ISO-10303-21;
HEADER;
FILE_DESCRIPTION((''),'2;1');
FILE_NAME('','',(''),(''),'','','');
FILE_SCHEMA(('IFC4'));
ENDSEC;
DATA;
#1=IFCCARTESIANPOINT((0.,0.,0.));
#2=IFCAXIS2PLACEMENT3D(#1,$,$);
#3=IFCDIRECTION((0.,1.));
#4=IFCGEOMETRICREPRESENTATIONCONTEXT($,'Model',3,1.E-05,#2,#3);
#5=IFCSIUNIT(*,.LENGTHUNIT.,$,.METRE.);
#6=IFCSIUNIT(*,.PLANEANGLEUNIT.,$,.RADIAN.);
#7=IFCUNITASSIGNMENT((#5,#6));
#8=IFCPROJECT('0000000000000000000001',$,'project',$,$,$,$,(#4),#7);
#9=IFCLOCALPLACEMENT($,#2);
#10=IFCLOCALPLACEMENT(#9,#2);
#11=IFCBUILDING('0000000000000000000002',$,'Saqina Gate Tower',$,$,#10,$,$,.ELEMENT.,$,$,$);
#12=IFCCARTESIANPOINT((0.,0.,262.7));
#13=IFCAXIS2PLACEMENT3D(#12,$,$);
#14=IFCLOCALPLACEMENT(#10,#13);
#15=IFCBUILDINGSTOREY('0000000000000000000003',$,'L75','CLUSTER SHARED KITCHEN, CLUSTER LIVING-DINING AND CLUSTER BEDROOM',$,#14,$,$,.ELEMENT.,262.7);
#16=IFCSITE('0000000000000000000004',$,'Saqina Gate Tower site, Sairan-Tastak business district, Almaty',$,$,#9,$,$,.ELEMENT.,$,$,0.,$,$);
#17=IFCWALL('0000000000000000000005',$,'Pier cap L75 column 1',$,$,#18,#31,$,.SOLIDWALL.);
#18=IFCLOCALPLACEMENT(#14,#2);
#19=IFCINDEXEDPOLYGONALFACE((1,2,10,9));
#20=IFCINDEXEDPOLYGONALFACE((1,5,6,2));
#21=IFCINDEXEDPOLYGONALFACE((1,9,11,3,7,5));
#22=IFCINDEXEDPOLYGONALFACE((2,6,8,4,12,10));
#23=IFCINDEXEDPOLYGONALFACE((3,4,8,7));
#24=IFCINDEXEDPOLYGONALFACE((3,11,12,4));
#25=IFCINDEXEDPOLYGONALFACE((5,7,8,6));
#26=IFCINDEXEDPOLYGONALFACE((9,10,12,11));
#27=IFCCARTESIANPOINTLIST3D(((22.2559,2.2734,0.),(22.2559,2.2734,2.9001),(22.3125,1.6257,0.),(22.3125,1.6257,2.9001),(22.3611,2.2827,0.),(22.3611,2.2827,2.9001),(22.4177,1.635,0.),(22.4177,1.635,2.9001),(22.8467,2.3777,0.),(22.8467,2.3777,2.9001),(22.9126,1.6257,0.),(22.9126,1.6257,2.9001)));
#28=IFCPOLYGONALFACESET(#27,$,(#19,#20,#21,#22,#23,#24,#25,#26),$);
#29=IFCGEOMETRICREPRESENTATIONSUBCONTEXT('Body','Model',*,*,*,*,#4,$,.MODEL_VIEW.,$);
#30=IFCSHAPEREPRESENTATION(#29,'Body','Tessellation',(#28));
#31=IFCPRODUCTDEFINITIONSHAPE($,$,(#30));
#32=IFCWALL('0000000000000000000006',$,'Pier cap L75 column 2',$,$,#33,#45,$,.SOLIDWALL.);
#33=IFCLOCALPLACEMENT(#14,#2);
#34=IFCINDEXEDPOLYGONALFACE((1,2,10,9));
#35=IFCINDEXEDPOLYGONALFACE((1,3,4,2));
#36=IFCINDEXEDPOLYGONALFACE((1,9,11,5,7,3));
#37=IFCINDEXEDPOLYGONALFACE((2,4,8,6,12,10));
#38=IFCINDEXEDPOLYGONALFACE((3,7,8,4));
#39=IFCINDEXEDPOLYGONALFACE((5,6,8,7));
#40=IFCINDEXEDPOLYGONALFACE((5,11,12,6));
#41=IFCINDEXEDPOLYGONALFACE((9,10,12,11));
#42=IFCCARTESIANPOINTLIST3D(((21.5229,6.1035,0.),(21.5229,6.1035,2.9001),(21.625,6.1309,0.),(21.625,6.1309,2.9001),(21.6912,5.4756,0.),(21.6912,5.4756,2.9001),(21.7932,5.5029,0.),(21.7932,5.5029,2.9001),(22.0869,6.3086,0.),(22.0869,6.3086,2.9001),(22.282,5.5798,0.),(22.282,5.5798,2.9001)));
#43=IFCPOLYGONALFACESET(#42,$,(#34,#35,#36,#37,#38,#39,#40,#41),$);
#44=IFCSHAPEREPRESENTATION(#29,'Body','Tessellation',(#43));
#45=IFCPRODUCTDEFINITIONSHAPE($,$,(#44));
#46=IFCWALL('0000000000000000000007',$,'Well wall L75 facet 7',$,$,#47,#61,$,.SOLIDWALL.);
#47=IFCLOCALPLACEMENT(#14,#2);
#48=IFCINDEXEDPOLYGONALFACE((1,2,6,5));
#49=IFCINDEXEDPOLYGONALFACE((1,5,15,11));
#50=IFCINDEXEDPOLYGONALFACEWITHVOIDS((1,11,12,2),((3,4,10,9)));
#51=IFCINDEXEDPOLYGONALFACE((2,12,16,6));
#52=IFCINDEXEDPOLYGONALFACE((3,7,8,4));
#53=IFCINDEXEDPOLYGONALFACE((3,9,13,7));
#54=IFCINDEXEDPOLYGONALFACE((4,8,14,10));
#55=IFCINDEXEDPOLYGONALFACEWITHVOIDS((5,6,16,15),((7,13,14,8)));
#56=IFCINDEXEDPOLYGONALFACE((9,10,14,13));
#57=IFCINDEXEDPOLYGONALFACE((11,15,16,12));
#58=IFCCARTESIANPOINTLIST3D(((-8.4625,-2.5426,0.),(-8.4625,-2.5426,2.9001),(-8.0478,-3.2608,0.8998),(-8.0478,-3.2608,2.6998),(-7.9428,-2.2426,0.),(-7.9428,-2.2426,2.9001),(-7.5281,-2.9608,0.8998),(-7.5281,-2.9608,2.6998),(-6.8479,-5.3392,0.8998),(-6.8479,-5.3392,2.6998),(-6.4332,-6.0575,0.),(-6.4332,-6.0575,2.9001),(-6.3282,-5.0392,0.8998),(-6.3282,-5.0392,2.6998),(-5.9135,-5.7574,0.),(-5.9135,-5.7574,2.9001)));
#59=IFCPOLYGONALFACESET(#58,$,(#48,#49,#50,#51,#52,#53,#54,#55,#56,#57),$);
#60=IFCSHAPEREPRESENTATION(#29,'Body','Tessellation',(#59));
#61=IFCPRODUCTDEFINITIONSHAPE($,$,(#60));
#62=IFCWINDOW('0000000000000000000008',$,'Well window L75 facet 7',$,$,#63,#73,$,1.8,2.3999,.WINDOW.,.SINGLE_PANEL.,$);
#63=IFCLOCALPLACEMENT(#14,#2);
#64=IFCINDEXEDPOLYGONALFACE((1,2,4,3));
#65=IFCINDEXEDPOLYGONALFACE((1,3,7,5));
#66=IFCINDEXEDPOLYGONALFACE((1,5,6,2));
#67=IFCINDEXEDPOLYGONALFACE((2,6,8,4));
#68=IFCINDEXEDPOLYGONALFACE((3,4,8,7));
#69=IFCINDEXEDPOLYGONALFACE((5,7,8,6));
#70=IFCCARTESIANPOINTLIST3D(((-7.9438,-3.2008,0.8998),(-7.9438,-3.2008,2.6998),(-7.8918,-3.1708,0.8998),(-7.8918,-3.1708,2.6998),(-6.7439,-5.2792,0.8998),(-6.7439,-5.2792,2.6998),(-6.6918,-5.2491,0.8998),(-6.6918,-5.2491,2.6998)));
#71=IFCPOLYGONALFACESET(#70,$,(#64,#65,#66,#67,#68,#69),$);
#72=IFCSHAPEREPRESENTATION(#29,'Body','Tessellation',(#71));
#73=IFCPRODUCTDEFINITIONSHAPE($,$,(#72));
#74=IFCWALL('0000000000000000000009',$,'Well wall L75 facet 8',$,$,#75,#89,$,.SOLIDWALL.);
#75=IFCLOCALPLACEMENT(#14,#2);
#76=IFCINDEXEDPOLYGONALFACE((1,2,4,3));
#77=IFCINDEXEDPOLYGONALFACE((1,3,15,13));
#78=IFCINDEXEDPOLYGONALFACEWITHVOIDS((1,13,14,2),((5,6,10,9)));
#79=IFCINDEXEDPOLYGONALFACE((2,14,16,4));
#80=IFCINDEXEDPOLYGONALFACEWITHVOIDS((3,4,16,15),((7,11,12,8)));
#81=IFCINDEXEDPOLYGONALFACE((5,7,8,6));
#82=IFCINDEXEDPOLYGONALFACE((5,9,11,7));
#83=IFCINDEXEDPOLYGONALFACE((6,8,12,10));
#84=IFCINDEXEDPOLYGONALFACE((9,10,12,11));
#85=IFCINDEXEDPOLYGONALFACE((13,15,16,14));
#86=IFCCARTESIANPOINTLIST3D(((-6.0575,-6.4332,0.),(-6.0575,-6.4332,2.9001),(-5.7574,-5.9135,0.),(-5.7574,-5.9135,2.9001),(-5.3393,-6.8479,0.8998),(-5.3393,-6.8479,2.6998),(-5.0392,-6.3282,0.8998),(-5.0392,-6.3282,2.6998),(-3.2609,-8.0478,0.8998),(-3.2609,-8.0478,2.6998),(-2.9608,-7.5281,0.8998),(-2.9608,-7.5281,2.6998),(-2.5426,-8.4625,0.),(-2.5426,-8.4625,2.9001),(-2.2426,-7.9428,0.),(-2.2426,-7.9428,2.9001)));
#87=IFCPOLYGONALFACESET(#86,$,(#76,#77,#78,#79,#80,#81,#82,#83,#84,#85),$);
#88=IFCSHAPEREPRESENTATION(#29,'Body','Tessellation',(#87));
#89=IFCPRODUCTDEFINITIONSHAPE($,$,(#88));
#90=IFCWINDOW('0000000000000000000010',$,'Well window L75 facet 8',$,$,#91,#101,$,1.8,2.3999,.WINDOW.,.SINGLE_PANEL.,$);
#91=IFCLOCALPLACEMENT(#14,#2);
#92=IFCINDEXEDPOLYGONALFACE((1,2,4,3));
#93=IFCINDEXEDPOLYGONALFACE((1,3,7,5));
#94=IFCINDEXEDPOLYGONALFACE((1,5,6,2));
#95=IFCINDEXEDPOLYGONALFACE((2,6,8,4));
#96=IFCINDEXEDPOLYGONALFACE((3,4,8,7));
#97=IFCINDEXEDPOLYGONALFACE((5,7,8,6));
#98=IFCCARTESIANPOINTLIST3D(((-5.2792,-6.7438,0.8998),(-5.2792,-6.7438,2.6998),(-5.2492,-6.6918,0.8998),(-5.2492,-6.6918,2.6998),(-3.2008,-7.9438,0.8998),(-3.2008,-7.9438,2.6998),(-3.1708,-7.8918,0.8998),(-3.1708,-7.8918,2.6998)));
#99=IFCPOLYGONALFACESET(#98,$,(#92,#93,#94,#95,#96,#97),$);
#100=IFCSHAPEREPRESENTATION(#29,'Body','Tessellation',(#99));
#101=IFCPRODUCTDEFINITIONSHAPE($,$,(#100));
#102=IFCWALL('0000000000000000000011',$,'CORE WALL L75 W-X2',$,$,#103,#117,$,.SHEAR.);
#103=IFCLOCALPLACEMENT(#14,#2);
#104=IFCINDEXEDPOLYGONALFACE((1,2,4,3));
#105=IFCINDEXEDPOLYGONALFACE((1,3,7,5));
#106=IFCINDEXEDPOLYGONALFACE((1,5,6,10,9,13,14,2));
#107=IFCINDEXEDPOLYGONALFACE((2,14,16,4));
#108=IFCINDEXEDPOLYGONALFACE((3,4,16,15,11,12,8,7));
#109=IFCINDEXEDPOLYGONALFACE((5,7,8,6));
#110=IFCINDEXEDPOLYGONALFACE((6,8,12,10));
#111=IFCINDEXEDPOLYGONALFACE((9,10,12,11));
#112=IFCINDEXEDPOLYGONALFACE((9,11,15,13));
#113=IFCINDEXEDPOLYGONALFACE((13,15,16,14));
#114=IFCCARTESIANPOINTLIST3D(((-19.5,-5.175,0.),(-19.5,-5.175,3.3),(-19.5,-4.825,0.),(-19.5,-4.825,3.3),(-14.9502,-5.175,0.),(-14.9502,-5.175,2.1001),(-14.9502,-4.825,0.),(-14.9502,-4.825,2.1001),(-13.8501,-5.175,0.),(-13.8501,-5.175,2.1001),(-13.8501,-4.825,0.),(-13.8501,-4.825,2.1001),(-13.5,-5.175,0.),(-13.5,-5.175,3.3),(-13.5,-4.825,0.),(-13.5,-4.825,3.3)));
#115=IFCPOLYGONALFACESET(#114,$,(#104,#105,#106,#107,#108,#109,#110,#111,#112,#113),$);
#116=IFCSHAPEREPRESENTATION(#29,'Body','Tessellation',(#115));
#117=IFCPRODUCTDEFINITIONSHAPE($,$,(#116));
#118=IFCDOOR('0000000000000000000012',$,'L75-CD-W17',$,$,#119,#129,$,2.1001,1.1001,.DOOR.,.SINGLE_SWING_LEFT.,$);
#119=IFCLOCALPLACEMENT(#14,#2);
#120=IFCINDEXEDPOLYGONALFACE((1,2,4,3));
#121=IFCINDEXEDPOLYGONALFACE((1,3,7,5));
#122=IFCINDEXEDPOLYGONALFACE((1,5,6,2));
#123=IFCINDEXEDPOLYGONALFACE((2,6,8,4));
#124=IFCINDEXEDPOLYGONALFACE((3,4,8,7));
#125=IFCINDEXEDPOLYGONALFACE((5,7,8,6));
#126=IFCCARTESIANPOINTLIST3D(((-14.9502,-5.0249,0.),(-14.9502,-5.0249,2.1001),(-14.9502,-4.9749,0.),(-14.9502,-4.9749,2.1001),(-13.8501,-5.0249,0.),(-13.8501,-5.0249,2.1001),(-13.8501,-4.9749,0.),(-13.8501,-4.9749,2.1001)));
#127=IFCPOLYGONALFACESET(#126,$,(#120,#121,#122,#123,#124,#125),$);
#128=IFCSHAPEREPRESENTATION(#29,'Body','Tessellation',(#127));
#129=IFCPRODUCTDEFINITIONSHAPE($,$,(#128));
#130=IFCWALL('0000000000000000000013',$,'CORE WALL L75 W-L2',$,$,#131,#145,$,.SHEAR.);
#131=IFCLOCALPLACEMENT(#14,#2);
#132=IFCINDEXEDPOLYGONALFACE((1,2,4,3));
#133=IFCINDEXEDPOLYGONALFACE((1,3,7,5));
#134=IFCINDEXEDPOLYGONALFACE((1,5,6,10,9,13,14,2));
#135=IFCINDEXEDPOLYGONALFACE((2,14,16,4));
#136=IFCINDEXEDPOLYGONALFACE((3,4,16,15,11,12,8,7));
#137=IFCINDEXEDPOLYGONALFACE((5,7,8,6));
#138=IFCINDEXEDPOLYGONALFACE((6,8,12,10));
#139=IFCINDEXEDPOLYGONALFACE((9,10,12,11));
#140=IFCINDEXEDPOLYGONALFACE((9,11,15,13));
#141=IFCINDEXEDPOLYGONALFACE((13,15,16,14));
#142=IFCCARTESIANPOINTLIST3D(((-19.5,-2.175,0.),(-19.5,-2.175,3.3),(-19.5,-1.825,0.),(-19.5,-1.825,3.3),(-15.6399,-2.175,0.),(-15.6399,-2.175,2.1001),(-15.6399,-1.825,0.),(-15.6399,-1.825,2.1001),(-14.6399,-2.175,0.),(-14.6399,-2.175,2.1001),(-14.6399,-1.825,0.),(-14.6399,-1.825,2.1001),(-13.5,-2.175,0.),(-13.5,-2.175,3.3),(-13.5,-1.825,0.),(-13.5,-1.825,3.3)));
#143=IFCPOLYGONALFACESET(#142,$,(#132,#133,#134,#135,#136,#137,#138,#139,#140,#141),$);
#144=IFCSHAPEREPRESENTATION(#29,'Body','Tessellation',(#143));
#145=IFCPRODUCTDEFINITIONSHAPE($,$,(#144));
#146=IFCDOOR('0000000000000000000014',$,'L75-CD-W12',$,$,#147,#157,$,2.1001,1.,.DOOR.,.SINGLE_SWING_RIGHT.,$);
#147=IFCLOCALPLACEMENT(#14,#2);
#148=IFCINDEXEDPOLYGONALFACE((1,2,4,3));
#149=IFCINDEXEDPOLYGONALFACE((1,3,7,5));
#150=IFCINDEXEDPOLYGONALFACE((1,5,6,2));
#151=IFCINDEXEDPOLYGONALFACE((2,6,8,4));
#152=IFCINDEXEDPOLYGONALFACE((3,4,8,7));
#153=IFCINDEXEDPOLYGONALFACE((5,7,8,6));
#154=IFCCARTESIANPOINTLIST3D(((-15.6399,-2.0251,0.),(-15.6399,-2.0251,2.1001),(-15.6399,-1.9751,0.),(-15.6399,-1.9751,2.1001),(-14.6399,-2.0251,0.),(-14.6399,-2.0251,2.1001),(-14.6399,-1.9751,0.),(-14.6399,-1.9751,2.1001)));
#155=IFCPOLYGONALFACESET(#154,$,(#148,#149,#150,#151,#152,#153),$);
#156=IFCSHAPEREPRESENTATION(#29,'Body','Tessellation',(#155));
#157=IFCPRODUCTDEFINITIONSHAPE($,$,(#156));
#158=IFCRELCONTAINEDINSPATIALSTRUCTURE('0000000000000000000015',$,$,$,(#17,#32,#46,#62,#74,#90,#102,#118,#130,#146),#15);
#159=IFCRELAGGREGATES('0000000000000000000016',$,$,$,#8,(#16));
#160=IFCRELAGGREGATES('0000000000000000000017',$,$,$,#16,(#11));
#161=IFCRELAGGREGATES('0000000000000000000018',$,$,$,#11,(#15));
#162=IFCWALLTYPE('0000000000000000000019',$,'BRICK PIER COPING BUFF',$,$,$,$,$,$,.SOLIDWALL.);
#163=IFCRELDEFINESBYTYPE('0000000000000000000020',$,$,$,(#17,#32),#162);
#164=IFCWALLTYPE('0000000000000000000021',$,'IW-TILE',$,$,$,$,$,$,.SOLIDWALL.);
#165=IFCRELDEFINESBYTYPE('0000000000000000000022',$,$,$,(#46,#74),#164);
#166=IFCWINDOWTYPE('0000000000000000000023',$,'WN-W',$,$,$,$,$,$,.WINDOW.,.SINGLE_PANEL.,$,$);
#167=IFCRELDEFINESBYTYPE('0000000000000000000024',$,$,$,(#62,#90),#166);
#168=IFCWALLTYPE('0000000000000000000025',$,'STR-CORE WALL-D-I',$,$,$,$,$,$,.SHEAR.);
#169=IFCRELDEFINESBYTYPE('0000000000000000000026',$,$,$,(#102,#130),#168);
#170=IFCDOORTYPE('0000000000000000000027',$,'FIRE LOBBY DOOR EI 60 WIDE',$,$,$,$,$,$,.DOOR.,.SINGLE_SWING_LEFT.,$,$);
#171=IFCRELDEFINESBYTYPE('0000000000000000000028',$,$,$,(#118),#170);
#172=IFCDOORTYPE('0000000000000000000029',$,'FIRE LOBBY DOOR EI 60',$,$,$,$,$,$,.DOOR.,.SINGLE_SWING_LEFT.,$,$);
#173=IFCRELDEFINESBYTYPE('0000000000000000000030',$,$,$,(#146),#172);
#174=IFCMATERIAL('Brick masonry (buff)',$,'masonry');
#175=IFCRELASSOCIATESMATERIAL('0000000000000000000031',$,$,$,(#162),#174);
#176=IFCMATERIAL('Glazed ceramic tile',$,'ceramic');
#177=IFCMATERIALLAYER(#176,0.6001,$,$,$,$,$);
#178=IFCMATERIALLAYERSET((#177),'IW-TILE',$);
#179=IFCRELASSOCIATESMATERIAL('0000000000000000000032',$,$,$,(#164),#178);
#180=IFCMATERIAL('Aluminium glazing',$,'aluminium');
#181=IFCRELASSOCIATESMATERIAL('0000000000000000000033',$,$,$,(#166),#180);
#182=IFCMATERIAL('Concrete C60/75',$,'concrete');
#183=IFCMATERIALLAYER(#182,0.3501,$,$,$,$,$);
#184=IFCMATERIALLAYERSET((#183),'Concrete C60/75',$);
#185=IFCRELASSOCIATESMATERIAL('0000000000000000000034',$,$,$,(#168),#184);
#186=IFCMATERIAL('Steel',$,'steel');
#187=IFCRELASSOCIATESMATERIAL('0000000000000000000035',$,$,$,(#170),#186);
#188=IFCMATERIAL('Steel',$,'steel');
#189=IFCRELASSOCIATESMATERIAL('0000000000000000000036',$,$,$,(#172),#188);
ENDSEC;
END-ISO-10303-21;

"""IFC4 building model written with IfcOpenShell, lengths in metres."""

from ifc_helpers import new_model, si_unit, direction, frame, frame_2d, origin, place, context, subcontext, project, spatial, polyline, rectangle, outline, extrude, material, layer, layer_set, type_object, element, fill, save


model = new_model("IFC4")

# Units and contexts
model_context = context("Model", 3, precision=1e-05, world=origin(), true_north=direction((0.0, 1.0)))
body_context = subcontext(model_context, "Body", "Model", "MODEL_VIEW")
ifc_project = project(units=[si_unit("LENGTHUNIT", "METRE"), si_unit("PLANEANGLEUNIT", "RADIAN")], contexts=[model_context])

# Site, building, storey
site_placement = place(None, origin())
site = spatial("IfcSite", under=ifc_project, at=site_placement, Name="Saqina Gate Tower site, Sairan-Tastak business district, Almaty", CompositionType="ELEMENT", RefElevation=0.0)
building_placement = place(site_placement, origin())
building = spatial("IfcBuilding", under=site, at=building_placement, Name="Saqina Gate Tower", CompositionType="ELEMENT")
storey_placement = place(building_placement, frame((0.0, 0.0, 262.7)))
storey = spatial("IfcBuildingStorey", under=building, at=storey_placement, Name="L75", Description="CLUSTER SHARED KITCHEN, CLUSTER LIVING-DINING AND CLUSTER BEDROOM", CompositionType="ELEMENT", Elevation=262.7)

# Walls
ifc_material_1 = material(Name="Brick masonry (buff)", Category="masonry")
wall_type_1 = type_object("IfcWallType", Name="BRICK PIER COPING BUFF", PredefinedType="SOLIDWALL", material=ifc_material_1)
wall_1_placement = place(storey_placement, origin())
element("IfcWall", 1, at=wall_1_placement, inside=storey, type_object=wall_type_1, Name="Pier cap L75 column 1", PredefinedType="SOLIDWALL", context=body_context, shape_type="SweptSolid", body=[
    extrude(outline(polyline([(22.9126, 1.6257), (22.8467, 2.3777), (22.2559, 2.2734), (22.3611, 2.2827), (22.4177, 1.635), (22.3125, 1.6257), (22.9126, 1.6257)])), origin(), (0.0, 0.0, 1.0), 2.9001),
])
wall_2_placement = place(storey_placement, origin())
element("IfcWall", 2, at=wall_2_placement, inside=storey, type_object=wall_type_1, Name="Pier cap L75 column 2", PredefinedType="SOLIDWALL", context=body_context, shape_type="SweptSolid", body=[
    extrude(outline(polyline([(22.0869, 6.3086), (21.5229, 6.1035), (21.625, 6.1309), (21.7932, 5.5029), (21.6912, 5.4756), (22.282, 5.5798), (22.0869, 6.3086)])), origin(), (0.0, 0.0, 1.0), 2.9001),
])

# Walls, openings, windows
ifc_material_2 = material(Name="Glazed ceramic tile", Category="ceramic")
ifc_layer_1 = layer(ifc_material_2, 0.6001)
ifc_layer_set_1 = layer_set([ifc_layer_1], Name="IW-TILE")
wall_type_2 = type_object("IfcWallType", Name="IW-TILE", PredefinedType="SOLIDWALL", material=ifc_layer_set_1)
wall_3_placement = place(storey_placement, frame((-8.2026, -2.3926, 0.0), z_axis=(0.0, 0.0, 1.0), x_axis=(0.499995, -0.866028, 0.0)))
wall_3 = element("IfcWall", 3, at=wall_3_placement, inside=storey, type_object=wall_type_2, Name="Well wall L75 facet 7", PredefinedType="SOLIDWALL", context=body_context, shape_type="SweptSolid", body=[
    extrude(rectangle(XDim=4.0586, YDim=0.6001, at=frame_2d((2.0293, 0.0))), origin(), (0.0, 0.0, 1.0), 2.9001),
])
opening_1_placement = place(wall_3_placement, frame((0.8293, 0.0, 0.8999)))
opening_1 = element("IfcOpeningElement", 4, at=opening_1_placement, cuts=wall_3, PredefinedType="OPENING", context=body_context, shape_type="SweptSolid", body=[
    extrude(rectangle(XDim=2.3999, YDim=1.8, at=frame_2d((1.2, 0.8999))), frame((0.0, 0.312, 0.0), z_axis=(0.0, -1.0, 0.0), x_axis=(1.0, 0.0, 0.0)), (0.0, 0.0, 1.0), 0.624),
])
ifc_material_3 = material(Name="Aluminium glazing", Category="aluminium")
window_type = type_object("IfcWindowType", Name="WN-W", PartitioningType="SINGLE_PANEL", PredefinedType="WINDOW", material=ifc_material_3)
window_1_placement = place(opening_1_placement, origin())
window_1 = element("IfcWindow", 5, at=window_1_placement, inside=storey, type_object=window_type, Name="Well window L75 facet 7", OverallHeight=1.8, OverallWidth=2.3999, PartitioningType="SINGLE_PANEL", PredefinedType="WINDOW", context=body_context, shape_type="SweptSolid", body=[
    extrude(rectangle(XDim=2.3999, YDim=1.8, at=frame_2d((1.2, 0.8999))), frame((0.0, -0.1199, 0.0), z_axis=(0.0, -1.0, 0.0), x_axis=(1.0, 0.0, 0.0)), (0.0, 0.0, 1.0), 0.0601),
])
fill(opening_1, window_1)
wall_4_placement = place(storey_placement, frame((-5.9075, -6.1733, 0.0), z_axis=(0.0, 0.0, 1.0), x_axis=(0.866028, -0.499995, 0.0)))
wall_4 = element("IfcWall", 6, at=wall_4_placement, inside=storey, type_object=wall_type_2, Name="Well wall L75 facet 8", PredefinedType="SOLIDWALL", context=body_context, shape_type="SweptSolid", body=[
    extrude(rectangle(XDim=4.0586, YDim=0.6001, at=frame_2d((2.0293, 0.0))), origin(), (0.0, 0.0, 1.0), 2.9001),
])
opening_2_placement = place(wall_4_placement, frame((0.8293, 0.0, 0.8999)))
opening_2 = element("IfcOpeningElement", 7, at=opening_2_placement, cuts=wall_4, PredefinedType="OPENING", context=body_context, shape_type="SweptSolid", body=[
    extrude(rectangle(XDim=2.3999, YDim=1.8, at=frame_2d((1.2, 0.8999))), frame((0.0, 0.312, 0.0), z_axis=(0.0, -1.0, 0.0), x_axis=(1.0, 0.0, 0.0)), (0.0, 0.0, 1.0), 0.624),
])
window_2_placement = place(opening_2_placement, origin())
window_2 = element("IfcWindow", 8, at=window_2_placement, inside=storey, type_object=window_type, Name="Well window L75 facet 8", OverallHeight=1.8, OverallWidth=2.3999, PartitioningType="SINGLE_PANEL", PredefinedType="WINDOW", context=body_context, shape_type="SweptSolid", body=[
    extrude(rectangle(XDim=2.3999, YDim=1.8, at=frame_2d((1.2, 0.8999))), frame((0.0, -0.1199, 0.0), z_axis=(0.0, -1.0, 0.0), x_axis=(1.0, 0.0, 0.0)), (0.0, 0.0, 1.0), 0.0601),
])
fill(opening_2, window_2)

# Walls, openings, doors
ifc_material_4 = material(Name="Concrete C60/75", Category="concrete")
ifc_layer_2 = layer(ifc_material_4, 0.3501)
ifc_layer_set_2 = layer_set([ifc_layer_2], Name="Concrete C60/75")
wall_type_3 = type_object("IfcWallType", Name="STR-CORE WALL-D-I", PredefinedType="SHEAR", material=ifc_layer_set_2)
wall_5_placement = place(storey_placement, frame((-13.5, -5.0, 0.0), z_axis=(0.0, 0.0, 1.0), x_axis=(-1.0, 0.0, 0.0)))
wall_5 = element("IfcWall", 9, at=wall_5_placement, inside=storey, type_object=wall_type_3, Name="CORE WALL L75 W-X2", PredefinedType="SHEAR", context=body_context, shape_type="SweptSolid", body=[
    extrude(rectangle(XDim=6.0, YDim=0.3501, at=frame_2d((3.0, 0.0))), origin(), (0.0, 0.0, 1.0), 3.3),
])
opening_3_placement = place(wall_5_placement, frame((0.3501, 0.0, 0.0)))
opening_3 = element("IfcOpeningElement", 10, at=opening_3_placement, cuts=wall_5, PredefinedType="OPENING", context=body_context, shape_type="SweptSolid", body=[
    extrude(rectangle(XDim=1.1001, YDim=2.1001, at=frame_2d((0.55, 1.05))), frame((0.0, 0.187, 0.0), z_axis=(0.0, -1.0, 0.0), x_axis=(1.0, 0.0, 0.0)), (0.0, 0.0, 1.0), 0.374),
])
ifc_material_5 = material(Name="Steel", Category="steel")
door_type_1 = type_object("IfcDoorType", Name="FIRE LOBBY DOOR EI 60 WIDE", OperationType="SINGLE_SWING_LEFT", PredefinedType="DOOR", material=ifc_material_5)
door_1_placement = place(opening_3_placement, origin())
door_1 = element("IfcDoor", 11, at=door_1_placement, inside=storey, type_object=door_type_1, Name="L75-CD-W17", OperationType="SINGLE_SWING_LEFT", OverallHeight=2.1001, OverallWidth=1.1001, PredefinedType="DOOR", context=body_context, shape_type="SweptSolid", body=[
    extrude(rectangle(XDim=1.1001, YDim=2.1001, at=frame_2d((0.55, 1.05))), frame((0.0, 0.0249, 0.0), z_axis=(0.0, -1.0, 0.0), x_axis=(1.0, 0.0, 0.0)), (0.0, 0.0, 1.0), 0.05),
])
fill(opening_3, door_1)
wall_6_placement = place(storey_placement, frame((-13.5, -2.0, 0.0), z_axis=(0.0, 0.0, 1.0), x_axis=(-1.0, 0.0, 0.0)))
wall_6 = element("IfcWall", 12, at=wall_6_placement, inside=storey, type_object=wall_type_3, Name="CORE WALL L75 W-L2", PredefinedType="SHEAR", context=body_context, shape_type="SweptSolid", body=[
    extrude(rectangle(XDim=6.0, YDim=0.3501, at=frame_2d((3.0, 0.0))), origin(), (0.0, 0.0, 1.0), 3.3),
])
opening_4_placement = place(wall_6_placement, frame((1.1399, 0.0, 0.0)))
opening_4 = element("IfcOpeningElement", 13, at=opening_4_placement, cuts=wall_6, PredefinedType="OPENING", context=body_context, shape_type="SweptSolid", body=[
    extrude(rectangle(XDim=1.0, YDim=2.1001, at=frame_2d((0.5, 1.05))), frame((0.0, 0.187, 0.0), z_axis=(0.0, -1.0, 0.0), x_axis=(1.0, 0.0, 0.0)), (0.0, 0.0, 1.0), 0.374),
])
ifc_material_6 = material(Name="Steel", Category="steel")
door_type_2 = type_object("IfcDoorType", Name="FIRE LOBBY DOOR EI 60", OperationType="SINGLE_SWING_LEFT", PredefinedType="DOOR", material=ifc_material_6)
door_2_placement = place(opening_4_placement, frame((1.0, 0.0, 0.0), z_axis=(0.0, 0.0, 1.0), x_axis=(-1.0, 0.0, 0.0)))
door_2 = element("IfcDoor", 14, at=door_2_placement, inside=storey, type_object=door_type_2, Name="L75-CD-W12", OperationType="SINGLE_SWING_RIGHT", OverallHeight=2.1001, OverallWidth=1.0, PredefinedType="DOOR", context=body_context, shape_type="SweptSolid", body=[
    extrude(rectangle(XDim=1.0, YDim=2.1001, at=frame_2d((0.5, 1.05))), frame((0.0, 0.0249, 0.0), z_axis=(0.0, -1.0, 0.0), x_axis=(1.0, 0.0, 0.0)), (0.0, 0.0, 1.0), 0.05),
])
fill(opening_4, door_2)

save(model, "model.ifc")
